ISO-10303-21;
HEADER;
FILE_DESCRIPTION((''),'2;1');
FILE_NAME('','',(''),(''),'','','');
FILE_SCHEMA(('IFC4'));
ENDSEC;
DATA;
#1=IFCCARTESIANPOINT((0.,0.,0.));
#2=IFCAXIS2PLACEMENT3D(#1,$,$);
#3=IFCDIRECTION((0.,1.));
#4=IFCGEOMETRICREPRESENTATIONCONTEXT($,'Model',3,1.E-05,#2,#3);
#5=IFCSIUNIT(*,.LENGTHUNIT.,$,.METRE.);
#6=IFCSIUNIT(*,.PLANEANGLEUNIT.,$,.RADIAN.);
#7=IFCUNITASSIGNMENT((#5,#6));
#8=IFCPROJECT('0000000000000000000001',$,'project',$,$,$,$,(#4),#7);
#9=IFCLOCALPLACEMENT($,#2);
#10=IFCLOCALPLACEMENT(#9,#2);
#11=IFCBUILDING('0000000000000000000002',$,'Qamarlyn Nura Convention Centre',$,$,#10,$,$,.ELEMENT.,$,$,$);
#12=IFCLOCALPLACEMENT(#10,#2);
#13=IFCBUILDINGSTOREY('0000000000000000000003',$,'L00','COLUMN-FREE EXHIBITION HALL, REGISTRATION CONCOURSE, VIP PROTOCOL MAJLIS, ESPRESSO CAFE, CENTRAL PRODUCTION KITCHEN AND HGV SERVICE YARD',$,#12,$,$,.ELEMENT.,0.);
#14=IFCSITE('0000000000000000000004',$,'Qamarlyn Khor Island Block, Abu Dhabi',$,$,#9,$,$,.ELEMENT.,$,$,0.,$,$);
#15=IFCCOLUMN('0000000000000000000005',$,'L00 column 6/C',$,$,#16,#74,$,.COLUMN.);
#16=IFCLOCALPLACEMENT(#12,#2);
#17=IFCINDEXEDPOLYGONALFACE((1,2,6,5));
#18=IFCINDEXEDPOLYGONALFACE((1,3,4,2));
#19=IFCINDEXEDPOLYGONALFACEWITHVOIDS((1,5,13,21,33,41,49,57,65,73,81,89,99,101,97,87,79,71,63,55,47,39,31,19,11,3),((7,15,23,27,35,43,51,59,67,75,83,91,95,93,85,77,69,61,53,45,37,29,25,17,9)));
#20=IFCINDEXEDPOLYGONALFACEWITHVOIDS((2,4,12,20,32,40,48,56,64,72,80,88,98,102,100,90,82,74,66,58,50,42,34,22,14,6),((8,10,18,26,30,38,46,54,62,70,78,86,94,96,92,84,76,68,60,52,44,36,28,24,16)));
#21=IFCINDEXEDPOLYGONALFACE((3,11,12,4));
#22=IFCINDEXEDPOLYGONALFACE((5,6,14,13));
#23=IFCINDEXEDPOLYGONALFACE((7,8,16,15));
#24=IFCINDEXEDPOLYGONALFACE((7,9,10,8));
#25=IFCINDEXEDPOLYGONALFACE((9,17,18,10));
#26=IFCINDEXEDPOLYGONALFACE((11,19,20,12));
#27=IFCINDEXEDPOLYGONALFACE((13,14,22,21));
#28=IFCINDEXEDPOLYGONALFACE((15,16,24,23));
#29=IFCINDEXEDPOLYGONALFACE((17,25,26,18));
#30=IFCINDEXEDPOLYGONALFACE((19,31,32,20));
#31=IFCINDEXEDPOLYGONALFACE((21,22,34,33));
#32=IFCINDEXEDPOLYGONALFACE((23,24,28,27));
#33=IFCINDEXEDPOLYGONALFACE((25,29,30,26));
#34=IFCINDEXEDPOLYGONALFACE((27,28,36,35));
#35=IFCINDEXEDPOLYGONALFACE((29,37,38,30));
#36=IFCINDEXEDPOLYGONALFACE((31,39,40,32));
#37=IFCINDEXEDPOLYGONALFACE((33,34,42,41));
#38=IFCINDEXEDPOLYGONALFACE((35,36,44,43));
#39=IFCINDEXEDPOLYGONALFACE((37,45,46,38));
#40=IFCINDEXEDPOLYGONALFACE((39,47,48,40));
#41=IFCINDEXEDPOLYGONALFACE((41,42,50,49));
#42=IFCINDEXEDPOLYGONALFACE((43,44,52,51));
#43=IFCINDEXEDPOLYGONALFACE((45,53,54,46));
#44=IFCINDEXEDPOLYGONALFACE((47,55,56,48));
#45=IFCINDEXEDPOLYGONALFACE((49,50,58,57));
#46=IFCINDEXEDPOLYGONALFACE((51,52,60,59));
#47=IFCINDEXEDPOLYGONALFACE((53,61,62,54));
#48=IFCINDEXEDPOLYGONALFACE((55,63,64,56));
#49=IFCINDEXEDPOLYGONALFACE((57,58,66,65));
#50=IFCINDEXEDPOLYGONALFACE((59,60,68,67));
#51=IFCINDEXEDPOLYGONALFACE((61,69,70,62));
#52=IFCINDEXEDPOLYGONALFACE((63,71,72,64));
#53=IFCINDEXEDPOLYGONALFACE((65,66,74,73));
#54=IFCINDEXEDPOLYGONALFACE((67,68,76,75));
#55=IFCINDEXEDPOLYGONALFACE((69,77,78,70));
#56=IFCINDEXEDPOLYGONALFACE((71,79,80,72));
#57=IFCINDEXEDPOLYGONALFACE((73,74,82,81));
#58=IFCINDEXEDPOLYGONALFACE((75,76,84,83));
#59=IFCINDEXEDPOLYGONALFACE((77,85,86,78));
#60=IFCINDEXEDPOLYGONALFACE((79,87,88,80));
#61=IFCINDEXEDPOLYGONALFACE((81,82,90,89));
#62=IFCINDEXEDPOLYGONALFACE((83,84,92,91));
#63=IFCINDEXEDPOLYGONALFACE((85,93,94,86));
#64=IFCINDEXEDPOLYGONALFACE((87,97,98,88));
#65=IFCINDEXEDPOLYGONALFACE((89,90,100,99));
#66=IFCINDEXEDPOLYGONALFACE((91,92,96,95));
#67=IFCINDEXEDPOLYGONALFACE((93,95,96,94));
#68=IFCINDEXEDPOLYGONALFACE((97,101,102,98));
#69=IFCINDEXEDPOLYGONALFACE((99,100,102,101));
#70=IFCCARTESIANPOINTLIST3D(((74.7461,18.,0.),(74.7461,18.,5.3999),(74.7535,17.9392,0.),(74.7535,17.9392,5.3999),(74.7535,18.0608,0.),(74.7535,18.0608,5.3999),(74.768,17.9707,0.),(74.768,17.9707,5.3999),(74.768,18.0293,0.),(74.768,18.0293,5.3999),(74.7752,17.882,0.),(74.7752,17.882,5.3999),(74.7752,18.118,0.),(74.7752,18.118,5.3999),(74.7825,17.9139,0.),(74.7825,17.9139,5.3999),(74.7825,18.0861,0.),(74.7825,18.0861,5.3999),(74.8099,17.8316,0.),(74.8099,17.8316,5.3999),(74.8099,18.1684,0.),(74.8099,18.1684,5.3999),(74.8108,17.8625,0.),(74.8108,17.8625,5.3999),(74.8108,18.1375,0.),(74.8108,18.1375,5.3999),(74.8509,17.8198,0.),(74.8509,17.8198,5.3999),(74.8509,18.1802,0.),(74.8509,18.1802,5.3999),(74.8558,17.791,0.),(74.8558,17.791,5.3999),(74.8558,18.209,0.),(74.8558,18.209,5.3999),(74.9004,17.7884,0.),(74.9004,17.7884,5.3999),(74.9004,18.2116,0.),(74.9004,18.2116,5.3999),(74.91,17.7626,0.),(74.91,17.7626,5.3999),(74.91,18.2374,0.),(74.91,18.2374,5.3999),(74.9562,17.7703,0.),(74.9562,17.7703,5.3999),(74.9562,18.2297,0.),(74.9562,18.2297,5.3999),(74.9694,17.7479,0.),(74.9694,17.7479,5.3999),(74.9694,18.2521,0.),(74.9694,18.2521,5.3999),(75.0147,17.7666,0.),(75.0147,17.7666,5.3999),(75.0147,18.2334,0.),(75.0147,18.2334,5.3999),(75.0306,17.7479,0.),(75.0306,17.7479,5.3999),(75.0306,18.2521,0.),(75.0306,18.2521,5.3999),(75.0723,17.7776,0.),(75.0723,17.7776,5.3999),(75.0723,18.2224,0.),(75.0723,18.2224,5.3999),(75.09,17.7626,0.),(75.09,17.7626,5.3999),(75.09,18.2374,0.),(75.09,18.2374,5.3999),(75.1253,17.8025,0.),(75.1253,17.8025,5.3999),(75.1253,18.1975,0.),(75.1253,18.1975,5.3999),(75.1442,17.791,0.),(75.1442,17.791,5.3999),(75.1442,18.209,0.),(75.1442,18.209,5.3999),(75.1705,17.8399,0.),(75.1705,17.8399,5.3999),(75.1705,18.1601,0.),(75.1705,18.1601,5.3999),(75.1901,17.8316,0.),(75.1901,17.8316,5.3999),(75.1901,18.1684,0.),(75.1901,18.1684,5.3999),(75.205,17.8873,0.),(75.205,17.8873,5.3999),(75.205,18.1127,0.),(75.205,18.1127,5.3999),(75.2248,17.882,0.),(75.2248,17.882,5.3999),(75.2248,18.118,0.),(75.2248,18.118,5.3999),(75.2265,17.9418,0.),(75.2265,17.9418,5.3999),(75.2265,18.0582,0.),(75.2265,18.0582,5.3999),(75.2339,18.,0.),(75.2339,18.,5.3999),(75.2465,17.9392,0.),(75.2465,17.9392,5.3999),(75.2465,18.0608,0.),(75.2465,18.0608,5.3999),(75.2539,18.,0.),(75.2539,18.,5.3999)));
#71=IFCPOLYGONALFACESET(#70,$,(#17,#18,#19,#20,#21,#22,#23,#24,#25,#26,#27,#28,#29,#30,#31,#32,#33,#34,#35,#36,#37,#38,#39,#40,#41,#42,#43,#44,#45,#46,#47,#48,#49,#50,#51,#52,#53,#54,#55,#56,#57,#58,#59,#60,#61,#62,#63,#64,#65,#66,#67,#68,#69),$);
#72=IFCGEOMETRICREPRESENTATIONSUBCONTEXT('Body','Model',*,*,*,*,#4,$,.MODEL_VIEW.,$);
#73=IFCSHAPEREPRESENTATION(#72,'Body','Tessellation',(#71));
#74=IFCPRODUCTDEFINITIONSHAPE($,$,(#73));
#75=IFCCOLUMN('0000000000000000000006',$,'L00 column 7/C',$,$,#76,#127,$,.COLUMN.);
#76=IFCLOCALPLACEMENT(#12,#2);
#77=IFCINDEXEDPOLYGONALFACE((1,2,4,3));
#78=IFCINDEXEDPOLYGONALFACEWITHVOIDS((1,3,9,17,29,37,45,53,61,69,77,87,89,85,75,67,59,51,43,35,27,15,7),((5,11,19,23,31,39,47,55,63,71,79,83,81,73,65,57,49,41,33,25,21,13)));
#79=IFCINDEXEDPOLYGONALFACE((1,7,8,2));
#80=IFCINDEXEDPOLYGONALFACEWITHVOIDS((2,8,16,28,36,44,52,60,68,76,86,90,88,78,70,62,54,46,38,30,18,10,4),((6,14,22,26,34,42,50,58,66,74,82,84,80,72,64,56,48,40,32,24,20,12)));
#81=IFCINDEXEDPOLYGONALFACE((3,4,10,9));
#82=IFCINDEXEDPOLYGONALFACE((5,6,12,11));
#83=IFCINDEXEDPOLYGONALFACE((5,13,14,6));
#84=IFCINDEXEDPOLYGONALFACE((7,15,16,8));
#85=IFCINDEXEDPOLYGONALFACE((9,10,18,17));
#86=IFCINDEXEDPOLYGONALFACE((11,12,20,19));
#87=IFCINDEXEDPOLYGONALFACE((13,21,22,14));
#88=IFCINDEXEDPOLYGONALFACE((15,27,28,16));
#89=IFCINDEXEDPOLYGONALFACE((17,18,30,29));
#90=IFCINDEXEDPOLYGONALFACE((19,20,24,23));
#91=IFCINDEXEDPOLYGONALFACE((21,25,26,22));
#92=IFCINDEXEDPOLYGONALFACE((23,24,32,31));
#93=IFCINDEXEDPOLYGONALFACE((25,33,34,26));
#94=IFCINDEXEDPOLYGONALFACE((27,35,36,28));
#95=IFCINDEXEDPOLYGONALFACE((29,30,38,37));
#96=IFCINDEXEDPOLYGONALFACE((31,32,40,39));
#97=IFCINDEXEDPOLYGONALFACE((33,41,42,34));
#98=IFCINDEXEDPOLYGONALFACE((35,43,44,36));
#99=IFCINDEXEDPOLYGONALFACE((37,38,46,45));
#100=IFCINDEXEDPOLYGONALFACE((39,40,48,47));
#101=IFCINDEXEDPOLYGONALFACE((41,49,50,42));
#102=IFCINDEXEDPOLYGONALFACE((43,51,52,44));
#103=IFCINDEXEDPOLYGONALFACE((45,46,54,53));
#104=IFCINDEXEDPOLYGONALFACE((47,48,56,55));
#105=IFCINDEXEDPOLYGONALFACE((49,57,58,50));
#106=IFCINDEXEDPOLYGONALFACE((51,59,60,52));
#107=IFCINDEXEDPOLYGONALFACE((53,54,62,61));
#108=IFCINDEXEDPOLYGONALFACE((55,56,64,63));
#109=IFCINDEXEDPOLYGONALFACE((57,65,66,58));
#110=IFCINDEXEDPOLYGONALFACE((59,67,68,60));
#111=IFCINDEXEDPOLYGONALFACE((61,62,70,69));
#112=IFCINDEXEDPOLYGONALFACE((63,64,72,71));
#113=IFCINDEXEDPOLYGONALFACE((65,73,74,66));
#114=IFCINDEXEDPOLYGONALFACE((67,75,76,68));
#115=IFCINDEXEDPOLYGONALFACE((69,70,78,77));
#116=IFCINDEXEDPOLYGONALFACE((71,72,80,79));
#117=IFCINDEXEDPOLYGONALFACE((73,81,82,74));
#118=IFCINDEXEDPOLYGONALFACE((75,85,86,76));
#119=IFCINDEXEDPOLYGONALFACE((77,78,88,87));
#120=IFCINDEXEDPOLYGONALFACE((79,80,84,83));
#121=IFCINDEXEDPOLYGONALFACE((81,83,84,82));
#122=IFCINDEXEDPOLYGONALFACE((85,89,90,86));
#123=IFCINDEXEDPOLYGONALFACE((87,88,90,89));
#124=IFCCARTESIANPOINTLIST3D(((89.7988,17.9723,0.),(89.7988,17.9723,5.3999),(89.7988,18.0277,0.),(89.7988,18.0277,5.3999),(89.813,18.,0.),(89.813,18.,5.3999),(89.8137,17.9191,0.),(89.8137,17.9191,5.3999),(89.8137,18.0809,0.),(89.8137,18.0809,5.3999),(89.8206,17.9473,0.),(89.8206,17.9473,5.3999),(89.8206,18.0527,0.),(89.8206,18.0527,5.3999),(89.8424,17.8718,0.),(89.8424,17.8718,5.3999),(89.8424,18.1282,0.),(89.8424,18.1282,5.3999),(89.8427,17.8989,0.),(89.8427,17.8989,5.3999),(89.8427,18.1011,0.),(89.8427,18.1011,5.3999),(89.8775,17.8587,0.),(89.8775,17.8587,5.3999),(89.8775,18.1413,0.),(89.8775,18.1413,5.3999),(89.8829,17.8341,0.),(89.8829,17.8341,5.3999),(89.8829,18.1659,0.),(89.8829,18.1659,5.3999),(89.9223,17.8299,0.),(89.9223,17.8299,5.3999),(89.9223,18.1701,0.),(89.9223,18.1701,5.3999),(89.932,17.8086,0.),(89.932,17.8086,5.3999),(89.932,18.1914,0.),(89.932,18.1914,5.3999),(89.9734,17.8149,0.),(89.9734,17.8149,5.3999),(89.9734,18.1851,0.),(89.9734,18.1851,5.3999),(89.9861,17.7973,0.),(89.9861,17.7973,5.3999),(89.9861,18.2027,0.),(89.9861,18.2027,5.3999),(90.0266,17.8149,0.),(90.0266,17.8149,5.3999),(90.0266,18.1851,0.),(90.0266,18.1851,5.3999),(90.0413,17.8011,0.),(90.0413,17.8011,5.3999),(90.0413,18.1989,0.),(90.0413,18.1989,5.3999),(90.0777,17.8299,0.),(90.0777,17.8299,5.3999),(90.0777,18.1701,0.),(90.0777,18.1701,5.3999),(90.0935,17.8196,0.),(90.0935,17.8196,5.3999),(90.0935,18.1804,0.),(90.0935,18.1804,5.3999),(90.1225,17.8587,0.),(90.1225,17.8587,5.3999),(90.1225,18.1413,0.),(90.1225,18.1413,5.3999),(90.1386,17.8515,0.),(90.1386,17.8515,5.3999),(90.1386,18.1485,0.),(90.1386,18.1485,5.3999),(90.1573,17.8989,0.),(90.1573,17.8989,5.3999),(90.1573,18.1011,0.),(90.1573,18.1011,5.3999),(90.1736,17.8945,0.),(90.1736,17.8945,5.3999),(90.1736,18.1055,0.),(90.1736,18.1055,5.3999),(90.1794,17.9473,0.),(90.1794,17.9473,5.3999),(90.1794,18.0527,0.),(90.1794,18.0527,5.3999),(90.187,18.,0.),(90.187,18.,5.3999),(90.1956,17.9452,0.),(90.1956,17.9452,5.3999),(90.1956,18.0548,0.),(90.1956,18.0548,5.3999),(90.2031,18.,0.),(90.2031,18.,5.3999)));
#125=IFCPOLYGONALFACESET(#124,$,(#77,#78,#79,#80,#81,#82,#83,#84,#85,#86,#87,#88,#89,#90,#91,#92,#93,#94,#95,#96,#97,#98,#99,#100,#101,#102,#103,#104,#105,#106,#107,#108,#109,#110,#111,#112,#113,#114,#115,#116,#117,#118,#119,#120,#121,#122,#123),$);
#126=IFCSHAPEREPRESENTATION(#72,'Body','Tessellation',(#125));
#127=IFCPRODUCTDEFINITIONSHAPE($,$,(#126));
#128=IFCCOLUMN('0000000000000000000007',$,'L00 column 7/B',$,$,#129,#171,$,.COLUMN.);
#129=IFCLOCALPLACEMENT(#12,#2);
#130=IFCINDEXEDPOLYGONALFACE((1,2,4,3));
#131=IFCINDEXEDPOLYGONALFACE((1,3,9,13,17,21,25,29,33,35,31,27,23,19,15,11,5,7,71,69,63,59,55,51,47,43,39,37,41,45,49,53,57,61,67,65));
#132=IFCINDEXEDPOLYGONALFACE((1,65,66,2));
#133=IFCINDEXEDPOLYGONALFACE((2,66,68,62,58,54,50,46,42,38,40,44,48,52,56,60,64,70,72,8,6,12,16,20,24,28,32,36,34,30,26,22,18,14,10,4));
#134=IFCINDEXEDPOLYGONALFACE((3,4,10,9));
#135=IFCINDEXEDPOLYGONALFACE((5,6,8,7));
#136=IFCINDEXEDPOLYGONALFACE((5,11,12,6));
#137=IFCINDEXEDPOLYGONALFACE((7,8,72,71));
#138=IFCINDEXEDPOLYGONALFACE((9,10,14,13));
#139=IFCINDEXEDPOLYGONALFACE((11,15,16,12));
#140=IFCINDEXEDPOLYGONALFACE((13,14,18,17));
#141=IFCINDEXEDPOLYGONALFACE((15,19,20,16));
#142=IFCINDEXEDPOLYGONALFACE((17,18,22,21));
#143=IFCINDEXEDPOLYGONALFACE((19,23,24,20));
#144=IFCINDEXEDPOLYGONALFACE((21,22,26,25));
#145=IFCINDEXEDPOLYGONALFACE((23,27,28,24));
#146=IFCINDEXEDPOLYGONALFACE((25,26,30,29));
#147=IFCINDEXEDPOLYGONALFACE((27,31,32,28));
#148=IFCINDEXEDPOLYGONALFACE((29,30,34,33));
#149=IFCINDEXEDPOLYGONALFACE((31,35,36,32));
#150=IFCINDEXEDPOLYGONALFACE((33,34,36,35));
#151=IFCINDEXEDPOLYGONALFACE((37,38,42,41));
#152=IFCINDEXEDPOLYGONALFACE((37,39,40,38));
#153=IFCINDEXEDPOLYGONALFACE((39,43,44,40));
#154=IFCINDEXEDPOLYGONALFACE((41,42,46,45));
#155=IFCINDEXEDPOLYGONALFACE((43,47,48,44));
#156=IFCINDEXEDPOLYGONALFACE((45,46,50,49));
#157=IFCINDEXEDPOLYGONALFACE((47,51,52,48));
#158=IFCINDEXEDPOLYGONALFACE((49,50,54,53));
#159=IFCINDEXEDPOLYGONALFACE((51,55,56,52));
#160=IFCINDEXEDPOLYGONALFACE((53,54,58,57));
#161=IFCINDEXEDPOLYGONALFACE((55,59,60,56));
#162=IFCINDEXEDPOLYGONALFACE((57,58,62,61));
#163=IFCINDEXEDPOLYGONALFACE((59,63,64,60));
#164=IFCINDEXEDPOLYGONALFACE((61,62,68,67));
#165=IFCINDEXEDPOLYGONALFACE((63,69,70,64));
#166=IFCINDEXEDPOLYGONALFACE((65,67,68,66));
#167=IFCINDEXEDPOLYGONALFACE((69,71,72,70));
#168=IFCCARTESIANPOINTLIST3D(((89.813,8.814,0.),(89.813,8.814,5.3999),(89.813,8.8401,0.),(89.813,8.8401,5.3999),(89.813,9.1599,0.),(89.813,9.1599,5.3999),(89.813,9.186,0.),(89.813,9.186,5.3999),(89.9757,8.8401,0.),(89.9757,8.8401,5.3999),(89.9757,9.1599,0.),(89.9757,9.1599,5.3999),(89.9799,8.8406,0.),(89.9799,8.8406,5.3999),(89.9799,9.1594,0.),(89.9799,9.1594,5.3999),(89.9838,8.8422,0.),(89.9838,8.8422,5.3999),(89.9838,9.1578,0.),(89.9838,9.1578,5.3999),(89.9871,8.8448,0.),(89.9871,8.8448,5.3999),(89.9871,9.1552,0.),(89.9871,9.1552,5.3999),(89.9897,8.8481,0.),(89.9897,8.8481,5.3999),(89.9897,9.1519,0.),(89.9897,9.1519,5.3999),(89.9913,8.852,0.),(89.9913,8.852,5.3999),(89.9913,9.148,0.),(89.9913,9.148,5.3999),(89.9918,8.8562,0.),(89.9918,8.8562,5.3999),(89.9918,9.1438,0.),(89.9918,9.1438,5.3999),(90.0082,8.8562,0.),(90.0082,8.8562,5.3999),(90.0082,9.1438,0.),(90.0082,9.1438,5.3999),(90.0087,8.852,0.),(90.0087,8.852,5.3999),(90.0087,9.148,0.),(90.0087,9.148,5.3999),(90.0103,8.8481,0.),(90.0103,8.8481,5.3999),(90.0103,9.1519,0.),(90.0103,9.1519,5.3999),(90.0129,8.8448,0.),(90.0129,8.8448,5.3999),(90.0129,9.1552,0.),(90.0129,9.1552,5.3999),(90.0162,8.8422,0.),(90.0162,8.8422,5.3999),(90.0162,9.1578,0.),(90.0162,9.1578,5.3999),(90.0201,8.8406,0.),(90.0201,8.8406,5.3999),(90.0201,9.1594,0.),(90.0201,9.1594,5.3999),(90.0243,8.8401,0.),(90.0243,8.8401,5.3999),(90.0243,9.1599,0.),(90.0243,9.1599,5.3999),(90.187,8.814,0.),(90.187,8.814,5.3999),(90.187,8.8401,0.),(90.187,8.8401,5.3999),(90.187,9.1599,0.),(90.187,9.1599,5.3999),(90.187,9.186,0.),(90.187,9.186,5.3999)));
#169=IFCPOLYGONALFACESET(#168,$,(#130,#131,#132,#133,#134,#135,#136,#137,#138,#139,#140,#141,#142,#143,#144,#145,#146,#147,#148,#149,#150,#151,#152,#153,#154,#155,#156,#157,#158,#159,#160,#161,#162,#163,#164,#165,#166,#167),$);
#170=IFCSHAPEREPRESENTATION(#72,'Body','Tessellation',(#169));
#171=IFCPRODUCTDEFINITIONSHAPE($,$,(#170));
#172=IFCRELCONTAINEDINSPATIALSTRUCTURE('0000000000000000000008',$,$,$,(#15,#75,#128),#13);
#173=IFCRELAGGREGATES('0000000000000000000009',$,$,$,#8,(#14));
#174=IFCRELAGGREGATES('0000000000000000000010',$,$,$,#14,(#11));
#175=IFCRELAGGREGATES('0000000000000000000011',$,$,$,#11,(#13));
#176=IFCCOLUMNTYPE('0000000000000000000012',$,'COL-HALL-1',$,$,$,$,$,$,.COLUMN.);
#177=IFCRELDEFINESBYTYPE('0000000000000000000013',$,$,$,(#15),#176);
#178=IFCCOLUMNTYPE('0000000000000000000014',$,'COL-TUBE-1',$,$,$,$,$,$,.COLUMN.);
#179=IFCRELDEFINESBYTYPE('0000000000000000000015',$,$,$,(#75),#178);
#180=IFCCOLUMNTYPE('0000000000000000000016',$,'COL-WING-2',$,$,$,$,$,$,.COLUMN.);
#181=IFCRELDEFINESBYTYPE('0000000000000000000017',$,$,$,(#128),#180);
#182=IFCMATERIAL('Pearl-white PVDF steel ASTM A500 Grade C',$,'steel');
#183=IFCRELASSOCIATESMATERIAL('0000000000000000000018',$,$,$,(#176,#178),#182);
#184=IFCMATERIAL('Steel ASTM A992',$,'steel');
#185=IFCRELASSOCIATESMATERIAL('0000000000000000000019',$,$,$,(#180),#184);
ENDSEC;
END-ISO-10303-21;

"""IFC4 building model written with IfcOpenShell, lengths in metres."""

from ifc_helpers import new_model, si_unit, direction, frame, origin, origin_2d, place, context, subcontext, project, spatial, hollow_circle, i_section, extrude, material, material_profile, profile_set, type_object, element, save


model = new_model("IFC4")

# Units and contexts
model_context = context("Model", 3, precision=1e-05, world=origin(), true_north=direction((0.0, 1.0)))
body_context = subcontext(model_context, "Body", "Model", "MODEL_VIEW")
ifc_project = project(units=[si_unit("LENGTHUNIT", "METRE"), si_unit("PLANEANGLEUNIT", "RADIAN")], contexts=[model_context])

# Site, building, storey
site_placement = place(None, origin())
site = spatial("IfcSite", under=ifc_project, at=site_placement, Name="Qamarlyn Khor Island Block, Abu Dhabi", CompositionType="ELEMENT", RefElevation=0.0)
building_placement = place(site_placement, origin())
building = spatial("IfcBuilding", under=site, at=building_placement, Name="Qamarlyn Nura Convention Centre", CompositionType="ELEMENT")
storey_placement = place(building_placement, origin())
storey = spatial("IfcBuildingStorey", under=building, at=storey_placement, Name="L00", Description="COLUMN-FREE EXHIBITION HALL, REGISTRATION CONCOURSE, VIP PROTOCOL MAJLIS, ESPRESSO CAFE, CENTRAL PRODUCTION KITCHEN AND HGV SERVICE YARD", CompositionType="ELEMENT", Elevation=0.0)

# Columns
ifc_material_1 = material(Name="Pearl-white PVDF steel ASTM A500 Grade C", Category="steel")
ifc_material_profile_1 = material_profile(ifc_material_1, hollow_circle(Radius=0.2539, WallThickness=0.02, at=origin_2d()), Name="CHS508X20")
ifc_profile_set_1 = profile_set([ifc_material_profile_1], Name="Pearl-white PVDF steel ASTM A500 Grade C")
column_type_1 = type_object("IfcColumnType", Name="COL-HALL-1", PredefinedType="COLUMN", material=ifc_profile_set_1)
column_1_placement = place(storey_placement, frame((75.0, 18.0, 0.0), z_axis=(0.0, 0.0, 1.0), x_axis=(1.0, 0.0, 0.0)))
element("IfcColumn", 1, at=column_1_placement, inside=storey, type_object=column_type_1, Name="L00 column 6/C", PredefinedType="COLUMN", context=body_context, shape_type="SweptSolid", body=[
    extrude(hollow_circle(Radius=0.2539, WallThickness=0.02, at=origin_2d()), origin(), (0.0, 0.0, 1.0), 5.3999),
])
ifc_material_profile_2 = material_profile(ifc_material_1, hollow_circle(Radius=0.2031, WallThickness=0.0161, at=origin_2d()), Name="CHS406.4X16")
ifc_profile_set_2 = profile_set([ifc_material_profile_2], Name="Pearl-white PVDF steel ASTM A500 Grade C")
column_type_2 = type_object("IfcColumnType", Name="COL-TUBE-1", PredefinedType="COLUMN", material=ifc_profile_set_2)
column_2_placement = place(storey_placement, frame((90.0, 18.0, 0.0), z_axis=(0.0, 0.0, 1.0), x_axis=(1.0, 0.0, 0.0)))
element("IfcColumn", 2, at=column_2_placement, inside=storey, type_object=column_type_2, Name="L00 column 7/C", PredefinedType="COLUMN", context=body_context, shape_type="SweptSolid", body=[
    extrude(hollow_circle(Radius=0.2031, WallThickness=0.0161, at=origin_2d()), origin(), (0.0, 0.0, 1.0), 5.3999),
])
ifc_material_2 = material(Name="Steel ASTM A992", Category="steel")
ifc_material_profile_3 = material_profile(ifc_material_2, i_section(OverallWidth=0.374, OverallDepth=0.3721, WebThickness=0.0164, FlangeThickness=0.0261, FilletRadius=0.0161, at=origin_2d()), Name="W360X196")
ifc_profile_set_3 = profile_set([ifc_material_profile_3], Name="Steel ASTM A992")
column_type_3 = type_object("IfcColumnType", Name="COL-WING-2", PredefinedType="COLUMN", material=ifc_profile_set_3)
column_3_placement = place(storey_placement, frame((90.0, 9.0, 0.0), z_axis=(0.0, 0.0, 1.0), x_axis=(1.0, 0.0, 0.0)))
element("IfcColumn", 3, at=column_3_placement, inside=storey, type_object=column_type_3, Name="L00 column 7/B", PredefinedType="COLUMN", context=body_context, shape_type="SweptSolid", body=[
    extrude(i_section(OverallWidth=0.374, OverallDepth=0.3721, WebThickness=0.0164, FlangeThickness=0.0261, FilletRadius=0.0161, at=origin_2d()), origin(), (0.0, 0.0, 1.0), 5.3999),
])

save(model, "model.ifc")
